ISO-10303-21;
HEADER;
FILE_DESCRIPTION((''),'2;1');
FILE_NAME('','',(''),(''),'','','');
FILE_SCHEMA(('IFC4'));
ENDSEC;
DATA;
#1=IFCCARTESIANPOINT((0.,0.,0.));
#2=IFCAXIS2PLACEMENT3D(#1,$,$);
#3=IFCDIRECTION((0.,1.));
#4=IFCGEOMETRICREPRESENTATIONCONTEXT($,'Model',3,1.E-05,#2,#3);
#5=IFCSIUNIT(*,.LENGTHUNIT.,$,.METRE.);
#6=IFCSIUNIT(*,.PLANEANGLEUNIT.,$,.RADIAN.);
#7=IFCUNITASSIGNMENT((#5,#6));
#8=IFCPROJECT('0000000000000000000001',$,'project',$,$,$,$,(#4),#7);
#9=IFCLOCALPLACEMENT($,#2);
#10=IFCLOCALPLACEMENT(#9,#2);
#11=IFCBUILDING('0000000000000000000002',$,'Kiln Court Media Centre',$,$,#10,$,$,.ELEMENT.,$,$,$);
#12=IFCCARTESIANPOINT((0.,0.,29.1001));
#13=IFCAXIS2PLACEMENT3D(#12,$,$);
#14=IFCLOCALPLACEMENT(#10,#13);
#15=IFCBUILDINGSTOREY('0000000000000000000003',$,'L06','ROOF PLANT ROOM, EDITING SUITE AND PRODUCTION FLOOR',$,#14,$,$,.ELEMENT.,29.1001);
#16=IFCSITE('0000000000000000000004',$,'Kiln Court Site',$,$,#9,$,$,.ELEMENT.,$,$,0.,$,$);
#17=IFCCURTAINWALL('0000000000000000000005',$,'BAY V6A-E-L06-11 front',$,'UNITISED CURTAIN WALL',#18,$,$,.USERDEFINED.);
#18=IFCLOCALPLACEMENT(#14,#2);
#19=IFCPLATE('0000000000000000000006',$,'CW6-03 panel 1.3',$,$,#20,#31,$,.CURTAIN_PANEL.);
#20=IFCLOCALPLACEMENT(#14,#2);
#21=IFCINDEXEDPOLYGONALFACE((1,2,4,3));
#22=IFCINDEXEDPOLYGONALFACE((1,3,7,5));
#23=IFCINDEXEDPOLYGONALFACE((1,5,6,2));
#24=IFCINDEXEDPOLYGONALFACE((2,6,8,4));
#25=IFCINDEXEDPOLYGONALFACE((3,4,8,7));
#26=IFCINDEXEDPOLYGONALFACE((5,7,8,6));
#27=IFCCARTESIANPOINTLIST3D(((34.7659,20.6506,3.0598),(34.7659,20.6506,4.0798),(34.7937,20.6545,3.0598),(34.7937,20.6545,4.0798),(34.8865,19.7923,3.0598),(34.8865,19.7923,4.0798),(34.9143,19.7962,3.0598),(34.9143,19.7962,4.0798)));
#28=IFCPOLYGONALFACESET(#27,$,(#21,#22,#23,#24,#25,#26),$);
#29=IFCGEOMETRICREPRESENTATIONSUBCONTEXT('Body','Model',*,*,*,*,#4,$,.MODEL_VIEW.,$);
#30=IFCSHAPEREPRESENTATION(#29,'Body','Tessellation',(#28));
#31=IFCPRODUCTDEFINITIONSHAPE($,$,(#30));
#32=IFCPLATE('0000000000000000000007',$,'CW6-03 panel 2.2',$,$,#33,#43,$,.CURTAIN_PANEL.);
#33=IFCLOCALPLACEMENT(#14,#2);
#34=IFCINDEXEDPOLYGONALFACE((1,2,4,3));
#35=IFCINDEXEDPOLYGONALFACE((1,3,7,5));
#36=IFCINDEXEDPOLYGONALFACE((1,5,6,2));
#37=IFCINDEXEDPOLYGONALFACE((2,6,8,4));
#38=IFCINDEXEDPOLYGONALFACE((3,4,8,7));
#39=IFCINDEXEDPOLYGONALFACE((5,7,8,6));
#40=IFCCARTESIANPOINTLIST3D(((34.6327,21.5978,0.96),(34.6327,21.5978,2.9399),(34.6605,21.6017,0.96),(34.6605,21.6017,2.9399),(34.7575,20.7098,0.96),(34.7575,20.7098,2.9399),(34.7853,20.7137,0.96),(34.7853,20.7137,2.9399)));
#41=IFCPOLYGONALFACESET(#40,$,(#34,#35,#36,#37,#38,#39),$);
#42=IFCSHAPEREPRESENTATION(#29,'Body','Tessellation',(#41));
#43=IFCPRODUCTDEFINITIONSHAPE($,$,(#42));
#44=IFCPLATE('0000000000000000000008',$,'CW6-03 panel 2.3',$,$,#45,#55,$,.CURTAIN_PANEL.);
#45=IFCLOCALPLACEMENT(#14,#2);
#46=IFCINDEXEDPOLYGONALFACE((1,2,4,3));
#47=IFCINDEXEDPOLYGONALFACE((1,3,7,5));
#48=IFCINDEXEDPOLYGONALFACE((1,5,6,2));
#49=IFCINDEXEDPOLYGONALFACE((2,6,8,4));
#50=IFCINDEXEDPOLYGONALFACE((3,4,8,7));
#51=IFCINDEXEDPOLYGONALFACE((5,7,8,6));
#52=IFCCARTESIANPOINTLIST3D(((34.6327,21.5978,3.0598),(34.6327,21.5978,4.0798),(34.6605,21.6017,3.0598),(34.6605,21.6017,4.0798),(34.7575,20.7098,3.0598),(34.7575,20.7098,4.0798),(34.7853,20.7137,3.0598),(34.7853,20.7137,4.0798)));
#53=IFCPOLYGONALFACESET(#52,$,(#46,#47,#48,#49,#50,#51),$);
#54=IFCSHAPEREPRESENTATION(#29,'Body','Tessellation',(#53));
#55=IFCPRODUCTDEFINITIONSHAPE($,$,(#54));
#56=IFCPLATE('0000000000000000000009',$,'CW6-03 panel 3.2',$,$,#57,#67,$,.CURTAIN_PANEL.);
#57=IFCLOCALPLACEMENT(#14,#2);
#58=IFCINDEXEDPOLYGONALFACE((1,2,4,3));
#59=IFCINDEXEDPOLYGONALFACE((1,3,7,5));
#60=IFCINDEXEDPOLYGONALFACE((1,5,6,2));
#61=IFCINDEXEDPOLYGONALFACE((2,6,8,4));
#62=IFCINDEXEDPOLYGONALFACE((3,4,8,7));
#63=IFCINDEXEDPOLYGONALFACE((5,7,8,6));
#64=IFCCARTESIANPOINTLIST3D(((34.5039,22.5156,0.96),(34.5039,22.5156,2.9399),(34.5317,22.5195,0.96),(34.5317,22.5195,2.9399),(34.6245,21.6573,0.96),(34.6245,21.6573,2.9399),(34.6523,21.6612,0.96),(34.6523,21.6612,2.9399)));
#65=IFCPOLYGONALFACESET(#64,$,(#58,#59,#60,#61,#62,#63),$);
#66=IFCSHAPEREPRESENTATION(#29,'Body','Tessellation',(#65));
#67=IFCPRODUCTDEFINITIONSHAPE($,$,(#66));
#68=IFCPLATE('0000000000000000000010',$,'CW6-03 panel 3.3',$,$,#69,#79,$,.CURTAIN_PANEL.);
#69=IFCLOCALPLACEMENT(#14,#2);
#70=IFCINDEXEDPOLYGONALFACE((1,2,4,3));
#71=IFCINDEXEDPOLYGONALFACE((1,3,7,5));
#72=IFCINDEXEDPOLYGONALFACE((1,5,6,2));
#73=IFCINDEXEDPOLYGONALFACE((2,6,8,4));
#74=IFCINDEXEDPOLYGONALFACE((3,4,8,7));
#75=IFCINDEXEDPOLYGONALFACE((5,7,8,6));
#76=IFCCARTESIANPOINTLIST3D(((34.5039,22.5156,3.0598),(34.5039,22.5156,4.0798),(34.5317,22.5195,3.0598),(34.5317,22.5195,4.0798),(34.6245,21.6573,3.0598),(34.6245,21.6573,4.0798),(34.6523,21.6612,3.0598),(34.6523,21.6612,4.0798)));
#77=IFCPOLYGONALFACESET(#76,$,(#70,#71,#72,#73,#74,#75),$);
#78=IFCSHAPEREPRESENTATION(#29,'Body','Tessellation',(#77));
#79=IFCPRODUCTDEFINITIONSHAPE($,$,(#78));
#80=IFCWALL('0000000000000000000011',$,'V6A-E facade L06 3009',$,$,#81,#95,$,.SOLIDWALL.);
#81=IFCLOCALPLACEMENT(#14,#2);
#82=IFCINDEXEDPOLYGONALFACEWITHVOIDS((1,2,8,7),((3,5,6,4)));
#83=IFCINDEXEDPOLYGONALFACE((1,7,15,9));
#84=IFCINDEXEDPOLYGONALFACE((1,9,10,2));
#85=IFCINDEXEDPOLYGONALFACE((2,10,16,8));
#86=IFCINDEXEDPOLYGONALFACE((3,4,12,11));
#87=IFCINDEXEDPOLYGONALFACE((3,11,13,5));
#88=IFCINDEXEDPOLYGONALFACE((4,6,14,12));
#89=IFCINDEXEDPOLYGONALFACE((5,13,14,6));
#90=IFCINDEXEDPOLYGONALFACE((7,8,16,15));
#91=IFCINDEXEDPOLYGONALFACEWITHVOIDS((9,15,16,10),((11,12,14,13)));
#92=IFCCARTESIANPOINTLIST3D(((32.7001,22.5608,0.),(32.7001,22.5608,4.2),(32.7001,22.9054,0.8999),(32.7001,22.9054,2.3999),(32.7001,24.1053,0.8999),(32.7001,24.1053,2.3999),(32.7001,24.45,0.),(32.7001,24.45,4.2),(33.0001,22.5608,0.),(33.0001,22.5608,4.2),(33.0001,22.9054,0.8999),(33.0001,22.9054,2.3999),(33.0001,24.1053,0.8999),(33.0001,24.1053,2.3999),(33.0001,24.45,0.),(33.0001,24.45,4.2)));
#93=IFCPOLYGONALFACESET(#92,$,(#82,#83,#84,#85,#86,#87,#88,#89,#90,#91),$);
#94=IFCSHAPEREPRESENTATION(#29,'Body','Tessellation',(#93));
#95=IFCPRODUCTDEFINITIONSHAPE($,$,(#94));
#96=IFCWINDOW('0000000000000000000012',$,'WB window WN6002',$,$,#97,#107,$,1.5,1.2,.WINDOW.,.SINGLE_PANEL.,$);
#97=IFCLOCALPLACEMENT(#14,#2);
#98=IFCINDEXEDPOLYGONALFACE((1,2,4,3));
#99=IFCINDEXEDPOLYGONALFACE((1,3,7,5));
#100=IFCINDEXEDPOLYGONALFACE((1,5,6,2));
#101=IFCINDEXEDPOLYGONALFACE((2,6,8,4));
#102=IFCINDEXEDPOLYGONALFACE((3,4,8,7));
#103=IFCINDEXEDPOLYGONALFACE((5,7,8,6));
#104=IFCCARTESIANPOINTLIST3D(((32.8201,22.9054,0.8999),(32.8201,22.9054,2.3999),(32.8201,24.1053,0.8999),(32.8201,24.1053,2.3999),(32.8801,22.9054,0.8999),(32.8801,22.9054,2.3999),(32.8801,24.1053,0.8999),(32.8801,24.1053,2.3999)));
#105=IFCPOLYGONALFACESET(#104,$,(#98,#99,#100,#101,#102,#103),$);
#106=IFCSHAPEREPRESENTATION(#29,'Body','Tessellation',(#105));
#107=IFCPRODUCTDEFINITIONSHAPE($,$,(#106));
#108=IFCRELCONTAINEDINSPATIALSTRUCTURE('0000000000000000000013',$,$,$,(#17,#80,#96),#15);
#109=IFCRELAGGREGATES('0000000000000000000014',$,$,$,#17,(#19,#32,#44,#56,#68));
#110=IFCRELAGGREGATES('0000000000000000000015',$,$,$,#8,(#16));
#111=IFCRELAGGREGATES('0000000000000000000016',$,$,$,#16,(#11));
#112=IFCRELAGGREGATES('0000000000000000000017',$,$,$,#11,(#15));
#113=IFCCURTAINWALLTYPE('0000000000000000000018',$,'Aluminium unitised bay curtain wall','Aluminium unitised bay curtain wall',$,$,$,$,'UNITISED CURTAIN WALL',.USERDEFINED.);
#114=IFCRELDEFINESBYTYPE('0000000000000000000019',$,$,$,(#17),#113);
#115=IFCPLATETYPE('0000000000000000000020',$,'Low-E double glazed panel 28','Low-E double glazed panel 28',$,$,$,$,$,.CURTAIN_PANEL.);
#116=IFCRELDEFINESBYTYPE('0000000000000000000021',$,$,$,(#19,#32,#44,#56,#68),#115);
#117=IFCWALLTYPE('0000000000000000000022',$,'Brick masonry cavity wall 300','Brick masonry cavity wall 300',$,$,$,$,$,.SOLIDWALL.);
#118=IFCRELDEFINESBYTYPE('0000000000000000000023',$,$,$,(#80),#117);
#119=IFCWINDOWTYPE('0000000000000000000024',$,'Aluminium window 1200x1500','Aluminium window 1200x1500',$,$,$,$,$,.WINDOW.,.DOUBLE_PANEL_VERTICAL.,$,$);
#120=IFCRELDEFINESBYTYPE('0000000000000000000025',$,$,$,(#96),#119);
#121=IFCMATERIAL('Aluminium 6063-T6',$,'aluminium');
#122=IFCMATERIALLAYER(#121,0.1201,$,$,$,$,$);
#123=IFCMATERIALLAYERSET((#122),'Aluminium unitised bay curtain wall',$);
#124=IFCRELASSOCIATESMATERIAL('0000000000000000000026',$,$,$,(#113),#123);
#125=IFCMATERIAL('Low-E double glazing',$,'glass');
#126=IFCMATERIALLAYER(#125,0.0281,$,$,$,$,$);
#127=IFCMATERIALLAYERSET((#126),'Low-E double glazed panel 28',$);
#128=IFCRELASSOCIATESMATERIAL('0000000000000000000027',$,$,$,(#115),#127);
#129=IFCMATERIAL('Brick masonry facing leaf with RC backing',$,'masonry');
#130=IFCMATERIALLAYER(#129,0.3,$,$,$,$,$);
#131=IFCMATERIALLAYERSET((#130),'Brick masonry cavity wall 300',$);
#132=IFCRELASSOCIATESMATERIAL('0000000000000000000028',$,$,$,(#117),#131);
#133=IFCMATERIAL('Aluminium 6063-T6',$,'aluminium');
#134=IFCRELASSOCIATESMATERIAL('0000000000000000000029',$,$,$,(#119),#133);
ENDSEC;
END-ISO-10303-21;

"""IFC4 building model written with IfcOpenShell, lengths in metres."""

from ifc_helpers import new_model, si_unit, direction, frame, frame_2d, origin, origin_2d, place, context, subcontext, project, spatial, rectangle, extrude, material, layer, layer_set, type_object, element, fill, aggregate, save


model = new_model("IFC4")

# Units and contexts
model_context = context("Model", 3, precision=1e-05, world=origin(), true_north=direction((0.0, 1.0)))
body_context = subcontext(model_context, "Body", "Model", "MODEL_VIEW")
ifc_project = project(units=[si_unit("LENGTHUNIT", "METRE"), si_unit("PLANEANGLEUNIT", "RADIAN")], contexts=[model_context])

# Site, building, storey
site_placement = place(None, origin())
site = spatial("IfcSite", under=ifc_project, at=site_placement, Name="Kiln Court Site", CompositionType="ELEMENT", RefElevation=0.0)
building_placement = place(site_placement, origin())
building = spatial("IfcBuilding", under=site, at=building_placement, Name="Kiln Court Media Centre", CompositionType="ELEMENT")
storey_placement = place(building_placement, frame((0.0, 0.0, 29.1001)))
storey = spatial("IfcBuildingStorey", under=building, at=storey_placement, Name="L06", Description="ROOF PLANT ROOM, EDITING SUITE AND PRODUCTION FLOOR", CompositionType="ELEMENT", Elevation=29.1001)

# Curtain wall, plates
ifc_material_1 = material(Name="Aluminium 6063-T6", Category="aluminium")
ifc_layer_1 = layer(ifc_material_1, 0.1201)
ifc_layer_set_1 = layer_set([ifc_layer_1], Name="Aluminium unitised bay curtain wall")
curtain_wall_type = type_object("IfcCurtainWallType", Name="Aluminium unitised bay curtain wall", Description="Aluminium unitised bay curtain wall", ElementType="UNITISED CURTAIN WALL", PredefinedType="USERDEFINED", material=ifc_layer_set_1)
curtain_wall_placement = place(storey_placement, origin())
curtain_wall = element("IfcCurtainWall", 1, at=curtain_wall_placement, inside=storey, type_object=curtain_wall_type, Name="BAY V6A-E-L06-11 front", ObjectType="UNITISED CURTAIN WALL", PredefinedType="USERDEFINED")
ifc_material_2 = material(Name="Low-E double glazing", Category="glass")
ifc_layer_2 = layer(ifc_material_2, 0.0281)
ifc_layer_set_2 = layer_set([ifc_layer_2], Name="Low-E double glazed panel 28")
plate_type_1 = type_object("IfcPlateType", Name="Low-E double glazed panel 28", Description="Low-E double glazed panel 28", PredefinedType="CURTAIN_PANEL", material=ifc_layer_set_2)
plate_1_placement = place(storey_placement, frame((34.8401, 20.2234, 3.0598), z_axis=(0.0, 0.0, 1.0), x_axis=(-0.139162, 0.99027, 0.0)))
plate_1 = element("IfcPlate", 2, at=plate_1_placement, type_object=plate_type_1, Name="CW6-03 panel 1.3", PredefinedType="CURTAIN_PANEL", context=body_context, shape_type="SweptSolid", body=[
    extrude(rectangle(XDim=0.8667, YDim=0.0281, at=origin_2d()), origin(), (0.0, 0.0, 1.0), 1.02),
])
plate_2_placement = place(storey_placement, frame((34.709, 21.1558, 0.96), z_axis=(0.0, 0.0, 1.0), x_axis=(-0.139162, 0.99027, 0.0)))
plate_2 = element("IfcPlate", 3, at=plate_2_placement, type_object=plate_type_1, Name="CW6-03 panel 2.2", PredefinedType="CURTAIN_PANEL", context=body_context, shape_type="SweptSolid", body=[
    extrude(rectangle(XDim=0.8967, YDim=0.0281, at=origin_2d()), origin(), (0.0, 0.0, 1.0), 1.98),
])
plate_3_placement = place(storey_placement, frame((34.709, 21.1558, 3.0598), z_axis=(0.0, 0.0, 1.0), x_axis=(-0.139162, 0.99027, 0.0)))
plate_3 = element("IfcPlate", 4, at=plate_3_placement, type_object=plate_type_1, Name="CW6-03 panel 2.3", PredefinedType="CURTAIN_PANEL", context=body_context, shape_type="SweptSolid", body=[
    extrude(rectangle(XDim=0.8967, YDim=0.0281, at=origin_2d()), origin(), (0.0, 0.0, 1.0), 1.02),
])
plate_4_placement = place(storey_placement, frame((34.5781, 22.0884, 0.96), z_axis=(0.0, 0.0, 1.0), x_axis=(-0.139162, 0.99027, 0.0)))
plate_4 = element("IfcPlate", 5, at=plate_4_placement, type_object=plate_type_1, Name="CW6-03 panel 3.2", PredefinedType="CURTAIN_PANEL", context=body_context, shape_type="SweptSolid", body=[
    extrude(rectangle(XDim=0.8667, YDim=0.0281, at=origin_2d()), origin(), (0.0, 0.0, 1.0), 1.98),
])
plate_5_placement = place(storey_placement, frame((34.5781, 22.0884, 3.0598), z_axis=(0.0, 0.0, 1.0), x_axis=(-0.139162, 0.99027, 0.0)))
plate_5 = element("IfcPlate", 6, at=plate_5_placement, type_object=plate_type_1, Name="CW6-03 panel 3.3", PredefinedType="CURTAIN_PANEL", context=body_context, shape_type="SweptSolid", body=[
    extrude(rectangle(XDim=0.8667, YDim=0.0281, at=origin_2d()), origin(), (0.0, 0.0, 1.0), 1.02),
])
aggregate(curtain_wall, [plate_1, plate_2, plate_3, plate_4, plate_5])

# Wall, opening, window
ifc_material_3 = material(Name="Brick masonry facing leaf with RC backing", Category="masonry")
ifc_layer_3 = layer(ifc_material_3, 0.3)
ifc_layer_set_3 = layer_set([ifc_layer_3], Name="Brick masonry cavity wall 300")
wall_type = type_object("IfcWallType", Name="Brick masonry cavity wall 300", Description="Brick masonry cavity wall 300", PredefinedType="SOLIDWALL", material=ifc_layer_set_3)
wall_placement = place(storey_placement, frame((32.8501, 24.45, 0.0), z_axis=(0.0, 0.0, 1.0), x_axis=(0.0, -1.0, 0.0)))
wall = element("IfcWall", 7, at=wall_placement, inside=storey, type_object=wall_type, Name="V6A-E facade L06 3009", PredefinedType="SOLIDWALL", context=body_context, shape_type="SweptSolid", body=[
    extrude(rectangle(XDim=1.8892, YDim=0.3, at=frame_2d((0.9446, 0.0))), origin(), (0.0, 0.0, 1.0), 4.2),
])
opening_placement = place(wall_placement, frame((0.3445, 0.0, 0.8999)))
opening = element("IfcOpeningElement", 8, at=opening_placement, cuts=wall, PredefinedType="OPENING", context=body_context, shape_type="SweptSolid", body=[
    extrude(rectangle(XDim=1.2, YDim=1.5, at=frame_2d((0.6001, 0.75))), frame((0.0, 0.1599, 0.0), z_axis=(0.0, -1.0, 0.0), x_axis=(1.0, 0.0, 0.0)), (0.0, 0.0, 1.0), 0.3201),
])
ifc_material_4 = material(Name="Aluminium 6063-T6", Category="aluminium")
window_type = type_object("IfcWindowType", Name="Aluminium window 1200x1500", Description="Aluminium window 1200x1500", PartitioningType="DOUBLE_PANEL_VERTICAL", PredefinedType="WINDOW", material=ifc_material_4)
window_placement = place(opening_placement, origin())
window = element("IfcWindow", 9, at=window_placement, inside=storey, type_object=window_type, Name="WB window WN6002", OverallHeight=1.5, OverallWidth=1.2, PartitioningType="SINGLE_PANEL", PredefinedType="WINDOW", context=body_context, shape_type="SweptSolid", body=[
    extrude(rectangle(XDim=1.2, YDim=1.5, at=frame_2d((0.6001, 0.75))), frame((0.0, 0.03, 0.0), z_axis=(0.0, -1.0, 0.0), x_axis=(1.0, 0.0, 0.0)), (0.0, 0.0, 1.0), 0.0601),
])
fill(opening, window)

save(model, "model.ifc")
